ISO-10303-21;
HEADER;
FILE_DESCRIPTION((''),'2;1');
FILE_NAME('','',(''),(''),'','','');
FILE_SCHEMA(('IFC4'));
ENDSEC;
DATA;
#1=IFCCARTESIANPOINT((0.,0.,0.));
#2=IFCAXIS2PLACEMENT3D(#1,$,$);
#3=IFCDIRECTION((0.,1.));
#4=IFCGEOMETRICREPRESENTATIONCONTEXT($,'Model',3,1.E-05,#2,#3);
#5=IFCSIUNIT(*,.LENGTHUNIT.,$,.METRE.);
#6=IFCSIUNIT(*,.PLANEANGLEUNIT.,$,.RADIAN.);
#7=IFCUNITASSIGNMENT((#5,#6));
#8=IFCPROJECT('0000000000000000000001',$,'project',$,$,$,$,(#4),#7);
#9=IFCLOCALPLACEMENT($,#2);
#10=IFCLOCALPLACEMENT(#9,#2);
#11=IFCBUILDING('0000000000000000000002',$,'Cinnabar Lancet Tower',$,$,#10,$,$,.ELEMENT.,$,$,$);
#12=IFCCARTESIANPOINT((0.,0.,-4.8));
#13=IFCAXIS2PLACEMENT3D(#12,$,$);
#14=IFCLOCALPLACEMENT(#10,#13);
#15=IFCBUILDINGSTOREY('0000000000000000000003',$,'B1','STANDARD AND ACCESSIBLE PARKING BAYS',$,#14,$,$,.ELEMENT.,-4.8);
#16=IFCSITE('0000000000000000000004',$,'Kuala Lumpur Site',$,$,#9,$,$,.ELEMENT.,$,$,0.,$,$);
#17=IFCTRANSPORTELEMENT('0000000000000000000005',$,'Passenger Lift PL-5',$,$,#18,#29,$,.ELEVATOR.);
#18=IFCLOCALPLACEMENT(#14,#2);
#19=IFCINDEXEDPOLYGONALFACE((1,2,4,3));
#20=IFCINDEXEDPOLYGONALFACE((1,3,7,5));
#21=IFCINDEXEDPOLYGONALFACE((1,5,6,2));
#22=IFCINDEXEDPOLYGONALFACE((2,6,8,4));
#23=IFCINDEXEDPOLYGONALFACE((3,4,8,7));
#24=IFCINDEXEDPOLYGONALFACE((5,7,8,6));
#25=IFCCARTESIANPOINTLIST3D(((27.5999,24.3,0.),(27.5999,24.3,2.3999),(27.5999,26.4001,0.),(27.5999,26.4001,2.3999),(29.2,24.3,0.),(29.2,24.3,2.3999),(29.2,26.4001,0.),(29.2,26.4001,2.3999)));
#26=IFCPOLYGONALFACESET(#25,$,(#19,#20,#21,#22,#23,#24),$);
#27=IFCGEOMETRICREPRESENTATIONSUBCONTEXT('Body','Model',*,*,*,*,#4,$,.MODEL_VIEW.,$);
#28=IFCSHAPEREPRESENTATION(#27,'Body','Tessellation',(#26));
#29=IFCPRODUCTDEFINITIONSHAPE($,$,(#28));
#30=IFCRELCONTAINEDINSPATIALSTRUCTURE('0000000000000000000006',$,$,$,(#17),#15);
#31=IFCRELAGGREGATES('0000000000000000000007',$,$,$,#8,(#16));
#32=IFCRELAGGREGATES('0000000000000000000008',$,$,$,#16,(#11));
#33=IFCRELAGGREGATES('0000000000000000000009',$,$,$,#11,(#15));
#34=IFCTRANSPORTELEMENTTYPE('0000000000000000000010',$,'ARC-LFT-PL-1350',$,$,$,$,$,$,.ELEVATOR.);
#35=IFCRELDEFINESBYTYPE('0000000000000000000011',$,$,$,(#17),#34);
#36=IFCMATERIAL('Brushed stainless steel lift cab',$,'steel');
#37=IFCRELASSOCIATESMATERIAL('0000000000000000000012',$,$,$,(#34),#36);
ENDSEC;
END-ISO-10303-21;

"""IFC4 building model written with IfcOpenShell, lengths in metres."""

from ifc_helpers import new_model, si_unit, direction, frame, origin, origin_2d, place, context, subcontext, project, spatial, rectangle, extrude, material, type_object, element, save


model = new_model("IFC4")

# Units and contexts
model_context = context("Model", 3, precision=1e-05, world=origin(), true_north=direction((0.0, 1.0)))
body_context = subcontext(model_context, "Body", "Model", "MODEL_VIEW")
ifc_project = project(units=[si_unit("LENGTHUNIT", "METRE"), si_unit("PLANEANGLEUNIT", "RADIAN")], contexts=[model_context])

# Site, building, storey
site_placement = place(None, origin())
site = spatial("IfcSite", under=ifc_project, at=site_placement, Name="Kuala Lumpur Site", CompositionType="ELEMENT", RefElevation=0.0)
building_placement = place(site_placement, origin())
building = spatial("IfcBuilding", under=site, at=building_placement, Name="Cinnabar Lancet Tower", CompositionType="ELEMENT")
storey_placement = place(building_placement, frame((0.0, 0.0, -4.8)))
storey = spatial("IfcBuildingStorey", under=building, at=storey_placement, Name="B1", Description="STANDARD AND ACCESSIBLE PARKING BAYS", CompositionType="ELEMENT", Elevation=-4.8)

# Transport element
ifc_material_1 = material(Name="Brushed stainless steel lift cab", Category="steel")
transport_element_type = type_object("IfcTransportElementType", Name="ARC-LFT-PL-1350", PredefinedType="ELEVATOR", material=ifc_material_1)
transport_element_placement = place(storey_placement, frame((28.3999, 25.3501, 0.0), z_axis=(0.0, 0.0, 1.0), x_axis=(1.0, 0.0, 0.0)))
element("IfcTransportElement", 1, at=transport_element_placement, inside=storey, type_object=transport_element_type, Name="Passenger Lift PL-5", PredefinedType="ELEVATOR", context=body_context, shape_type="SweptSolid", body=[
    extrude(rectangle(XDim=1.6001, YDim=2.1001, at=origin_2d()), origin(), (0.0, 0.0, 1.0), 2.3999),
])

save(model, "model.ifc")
